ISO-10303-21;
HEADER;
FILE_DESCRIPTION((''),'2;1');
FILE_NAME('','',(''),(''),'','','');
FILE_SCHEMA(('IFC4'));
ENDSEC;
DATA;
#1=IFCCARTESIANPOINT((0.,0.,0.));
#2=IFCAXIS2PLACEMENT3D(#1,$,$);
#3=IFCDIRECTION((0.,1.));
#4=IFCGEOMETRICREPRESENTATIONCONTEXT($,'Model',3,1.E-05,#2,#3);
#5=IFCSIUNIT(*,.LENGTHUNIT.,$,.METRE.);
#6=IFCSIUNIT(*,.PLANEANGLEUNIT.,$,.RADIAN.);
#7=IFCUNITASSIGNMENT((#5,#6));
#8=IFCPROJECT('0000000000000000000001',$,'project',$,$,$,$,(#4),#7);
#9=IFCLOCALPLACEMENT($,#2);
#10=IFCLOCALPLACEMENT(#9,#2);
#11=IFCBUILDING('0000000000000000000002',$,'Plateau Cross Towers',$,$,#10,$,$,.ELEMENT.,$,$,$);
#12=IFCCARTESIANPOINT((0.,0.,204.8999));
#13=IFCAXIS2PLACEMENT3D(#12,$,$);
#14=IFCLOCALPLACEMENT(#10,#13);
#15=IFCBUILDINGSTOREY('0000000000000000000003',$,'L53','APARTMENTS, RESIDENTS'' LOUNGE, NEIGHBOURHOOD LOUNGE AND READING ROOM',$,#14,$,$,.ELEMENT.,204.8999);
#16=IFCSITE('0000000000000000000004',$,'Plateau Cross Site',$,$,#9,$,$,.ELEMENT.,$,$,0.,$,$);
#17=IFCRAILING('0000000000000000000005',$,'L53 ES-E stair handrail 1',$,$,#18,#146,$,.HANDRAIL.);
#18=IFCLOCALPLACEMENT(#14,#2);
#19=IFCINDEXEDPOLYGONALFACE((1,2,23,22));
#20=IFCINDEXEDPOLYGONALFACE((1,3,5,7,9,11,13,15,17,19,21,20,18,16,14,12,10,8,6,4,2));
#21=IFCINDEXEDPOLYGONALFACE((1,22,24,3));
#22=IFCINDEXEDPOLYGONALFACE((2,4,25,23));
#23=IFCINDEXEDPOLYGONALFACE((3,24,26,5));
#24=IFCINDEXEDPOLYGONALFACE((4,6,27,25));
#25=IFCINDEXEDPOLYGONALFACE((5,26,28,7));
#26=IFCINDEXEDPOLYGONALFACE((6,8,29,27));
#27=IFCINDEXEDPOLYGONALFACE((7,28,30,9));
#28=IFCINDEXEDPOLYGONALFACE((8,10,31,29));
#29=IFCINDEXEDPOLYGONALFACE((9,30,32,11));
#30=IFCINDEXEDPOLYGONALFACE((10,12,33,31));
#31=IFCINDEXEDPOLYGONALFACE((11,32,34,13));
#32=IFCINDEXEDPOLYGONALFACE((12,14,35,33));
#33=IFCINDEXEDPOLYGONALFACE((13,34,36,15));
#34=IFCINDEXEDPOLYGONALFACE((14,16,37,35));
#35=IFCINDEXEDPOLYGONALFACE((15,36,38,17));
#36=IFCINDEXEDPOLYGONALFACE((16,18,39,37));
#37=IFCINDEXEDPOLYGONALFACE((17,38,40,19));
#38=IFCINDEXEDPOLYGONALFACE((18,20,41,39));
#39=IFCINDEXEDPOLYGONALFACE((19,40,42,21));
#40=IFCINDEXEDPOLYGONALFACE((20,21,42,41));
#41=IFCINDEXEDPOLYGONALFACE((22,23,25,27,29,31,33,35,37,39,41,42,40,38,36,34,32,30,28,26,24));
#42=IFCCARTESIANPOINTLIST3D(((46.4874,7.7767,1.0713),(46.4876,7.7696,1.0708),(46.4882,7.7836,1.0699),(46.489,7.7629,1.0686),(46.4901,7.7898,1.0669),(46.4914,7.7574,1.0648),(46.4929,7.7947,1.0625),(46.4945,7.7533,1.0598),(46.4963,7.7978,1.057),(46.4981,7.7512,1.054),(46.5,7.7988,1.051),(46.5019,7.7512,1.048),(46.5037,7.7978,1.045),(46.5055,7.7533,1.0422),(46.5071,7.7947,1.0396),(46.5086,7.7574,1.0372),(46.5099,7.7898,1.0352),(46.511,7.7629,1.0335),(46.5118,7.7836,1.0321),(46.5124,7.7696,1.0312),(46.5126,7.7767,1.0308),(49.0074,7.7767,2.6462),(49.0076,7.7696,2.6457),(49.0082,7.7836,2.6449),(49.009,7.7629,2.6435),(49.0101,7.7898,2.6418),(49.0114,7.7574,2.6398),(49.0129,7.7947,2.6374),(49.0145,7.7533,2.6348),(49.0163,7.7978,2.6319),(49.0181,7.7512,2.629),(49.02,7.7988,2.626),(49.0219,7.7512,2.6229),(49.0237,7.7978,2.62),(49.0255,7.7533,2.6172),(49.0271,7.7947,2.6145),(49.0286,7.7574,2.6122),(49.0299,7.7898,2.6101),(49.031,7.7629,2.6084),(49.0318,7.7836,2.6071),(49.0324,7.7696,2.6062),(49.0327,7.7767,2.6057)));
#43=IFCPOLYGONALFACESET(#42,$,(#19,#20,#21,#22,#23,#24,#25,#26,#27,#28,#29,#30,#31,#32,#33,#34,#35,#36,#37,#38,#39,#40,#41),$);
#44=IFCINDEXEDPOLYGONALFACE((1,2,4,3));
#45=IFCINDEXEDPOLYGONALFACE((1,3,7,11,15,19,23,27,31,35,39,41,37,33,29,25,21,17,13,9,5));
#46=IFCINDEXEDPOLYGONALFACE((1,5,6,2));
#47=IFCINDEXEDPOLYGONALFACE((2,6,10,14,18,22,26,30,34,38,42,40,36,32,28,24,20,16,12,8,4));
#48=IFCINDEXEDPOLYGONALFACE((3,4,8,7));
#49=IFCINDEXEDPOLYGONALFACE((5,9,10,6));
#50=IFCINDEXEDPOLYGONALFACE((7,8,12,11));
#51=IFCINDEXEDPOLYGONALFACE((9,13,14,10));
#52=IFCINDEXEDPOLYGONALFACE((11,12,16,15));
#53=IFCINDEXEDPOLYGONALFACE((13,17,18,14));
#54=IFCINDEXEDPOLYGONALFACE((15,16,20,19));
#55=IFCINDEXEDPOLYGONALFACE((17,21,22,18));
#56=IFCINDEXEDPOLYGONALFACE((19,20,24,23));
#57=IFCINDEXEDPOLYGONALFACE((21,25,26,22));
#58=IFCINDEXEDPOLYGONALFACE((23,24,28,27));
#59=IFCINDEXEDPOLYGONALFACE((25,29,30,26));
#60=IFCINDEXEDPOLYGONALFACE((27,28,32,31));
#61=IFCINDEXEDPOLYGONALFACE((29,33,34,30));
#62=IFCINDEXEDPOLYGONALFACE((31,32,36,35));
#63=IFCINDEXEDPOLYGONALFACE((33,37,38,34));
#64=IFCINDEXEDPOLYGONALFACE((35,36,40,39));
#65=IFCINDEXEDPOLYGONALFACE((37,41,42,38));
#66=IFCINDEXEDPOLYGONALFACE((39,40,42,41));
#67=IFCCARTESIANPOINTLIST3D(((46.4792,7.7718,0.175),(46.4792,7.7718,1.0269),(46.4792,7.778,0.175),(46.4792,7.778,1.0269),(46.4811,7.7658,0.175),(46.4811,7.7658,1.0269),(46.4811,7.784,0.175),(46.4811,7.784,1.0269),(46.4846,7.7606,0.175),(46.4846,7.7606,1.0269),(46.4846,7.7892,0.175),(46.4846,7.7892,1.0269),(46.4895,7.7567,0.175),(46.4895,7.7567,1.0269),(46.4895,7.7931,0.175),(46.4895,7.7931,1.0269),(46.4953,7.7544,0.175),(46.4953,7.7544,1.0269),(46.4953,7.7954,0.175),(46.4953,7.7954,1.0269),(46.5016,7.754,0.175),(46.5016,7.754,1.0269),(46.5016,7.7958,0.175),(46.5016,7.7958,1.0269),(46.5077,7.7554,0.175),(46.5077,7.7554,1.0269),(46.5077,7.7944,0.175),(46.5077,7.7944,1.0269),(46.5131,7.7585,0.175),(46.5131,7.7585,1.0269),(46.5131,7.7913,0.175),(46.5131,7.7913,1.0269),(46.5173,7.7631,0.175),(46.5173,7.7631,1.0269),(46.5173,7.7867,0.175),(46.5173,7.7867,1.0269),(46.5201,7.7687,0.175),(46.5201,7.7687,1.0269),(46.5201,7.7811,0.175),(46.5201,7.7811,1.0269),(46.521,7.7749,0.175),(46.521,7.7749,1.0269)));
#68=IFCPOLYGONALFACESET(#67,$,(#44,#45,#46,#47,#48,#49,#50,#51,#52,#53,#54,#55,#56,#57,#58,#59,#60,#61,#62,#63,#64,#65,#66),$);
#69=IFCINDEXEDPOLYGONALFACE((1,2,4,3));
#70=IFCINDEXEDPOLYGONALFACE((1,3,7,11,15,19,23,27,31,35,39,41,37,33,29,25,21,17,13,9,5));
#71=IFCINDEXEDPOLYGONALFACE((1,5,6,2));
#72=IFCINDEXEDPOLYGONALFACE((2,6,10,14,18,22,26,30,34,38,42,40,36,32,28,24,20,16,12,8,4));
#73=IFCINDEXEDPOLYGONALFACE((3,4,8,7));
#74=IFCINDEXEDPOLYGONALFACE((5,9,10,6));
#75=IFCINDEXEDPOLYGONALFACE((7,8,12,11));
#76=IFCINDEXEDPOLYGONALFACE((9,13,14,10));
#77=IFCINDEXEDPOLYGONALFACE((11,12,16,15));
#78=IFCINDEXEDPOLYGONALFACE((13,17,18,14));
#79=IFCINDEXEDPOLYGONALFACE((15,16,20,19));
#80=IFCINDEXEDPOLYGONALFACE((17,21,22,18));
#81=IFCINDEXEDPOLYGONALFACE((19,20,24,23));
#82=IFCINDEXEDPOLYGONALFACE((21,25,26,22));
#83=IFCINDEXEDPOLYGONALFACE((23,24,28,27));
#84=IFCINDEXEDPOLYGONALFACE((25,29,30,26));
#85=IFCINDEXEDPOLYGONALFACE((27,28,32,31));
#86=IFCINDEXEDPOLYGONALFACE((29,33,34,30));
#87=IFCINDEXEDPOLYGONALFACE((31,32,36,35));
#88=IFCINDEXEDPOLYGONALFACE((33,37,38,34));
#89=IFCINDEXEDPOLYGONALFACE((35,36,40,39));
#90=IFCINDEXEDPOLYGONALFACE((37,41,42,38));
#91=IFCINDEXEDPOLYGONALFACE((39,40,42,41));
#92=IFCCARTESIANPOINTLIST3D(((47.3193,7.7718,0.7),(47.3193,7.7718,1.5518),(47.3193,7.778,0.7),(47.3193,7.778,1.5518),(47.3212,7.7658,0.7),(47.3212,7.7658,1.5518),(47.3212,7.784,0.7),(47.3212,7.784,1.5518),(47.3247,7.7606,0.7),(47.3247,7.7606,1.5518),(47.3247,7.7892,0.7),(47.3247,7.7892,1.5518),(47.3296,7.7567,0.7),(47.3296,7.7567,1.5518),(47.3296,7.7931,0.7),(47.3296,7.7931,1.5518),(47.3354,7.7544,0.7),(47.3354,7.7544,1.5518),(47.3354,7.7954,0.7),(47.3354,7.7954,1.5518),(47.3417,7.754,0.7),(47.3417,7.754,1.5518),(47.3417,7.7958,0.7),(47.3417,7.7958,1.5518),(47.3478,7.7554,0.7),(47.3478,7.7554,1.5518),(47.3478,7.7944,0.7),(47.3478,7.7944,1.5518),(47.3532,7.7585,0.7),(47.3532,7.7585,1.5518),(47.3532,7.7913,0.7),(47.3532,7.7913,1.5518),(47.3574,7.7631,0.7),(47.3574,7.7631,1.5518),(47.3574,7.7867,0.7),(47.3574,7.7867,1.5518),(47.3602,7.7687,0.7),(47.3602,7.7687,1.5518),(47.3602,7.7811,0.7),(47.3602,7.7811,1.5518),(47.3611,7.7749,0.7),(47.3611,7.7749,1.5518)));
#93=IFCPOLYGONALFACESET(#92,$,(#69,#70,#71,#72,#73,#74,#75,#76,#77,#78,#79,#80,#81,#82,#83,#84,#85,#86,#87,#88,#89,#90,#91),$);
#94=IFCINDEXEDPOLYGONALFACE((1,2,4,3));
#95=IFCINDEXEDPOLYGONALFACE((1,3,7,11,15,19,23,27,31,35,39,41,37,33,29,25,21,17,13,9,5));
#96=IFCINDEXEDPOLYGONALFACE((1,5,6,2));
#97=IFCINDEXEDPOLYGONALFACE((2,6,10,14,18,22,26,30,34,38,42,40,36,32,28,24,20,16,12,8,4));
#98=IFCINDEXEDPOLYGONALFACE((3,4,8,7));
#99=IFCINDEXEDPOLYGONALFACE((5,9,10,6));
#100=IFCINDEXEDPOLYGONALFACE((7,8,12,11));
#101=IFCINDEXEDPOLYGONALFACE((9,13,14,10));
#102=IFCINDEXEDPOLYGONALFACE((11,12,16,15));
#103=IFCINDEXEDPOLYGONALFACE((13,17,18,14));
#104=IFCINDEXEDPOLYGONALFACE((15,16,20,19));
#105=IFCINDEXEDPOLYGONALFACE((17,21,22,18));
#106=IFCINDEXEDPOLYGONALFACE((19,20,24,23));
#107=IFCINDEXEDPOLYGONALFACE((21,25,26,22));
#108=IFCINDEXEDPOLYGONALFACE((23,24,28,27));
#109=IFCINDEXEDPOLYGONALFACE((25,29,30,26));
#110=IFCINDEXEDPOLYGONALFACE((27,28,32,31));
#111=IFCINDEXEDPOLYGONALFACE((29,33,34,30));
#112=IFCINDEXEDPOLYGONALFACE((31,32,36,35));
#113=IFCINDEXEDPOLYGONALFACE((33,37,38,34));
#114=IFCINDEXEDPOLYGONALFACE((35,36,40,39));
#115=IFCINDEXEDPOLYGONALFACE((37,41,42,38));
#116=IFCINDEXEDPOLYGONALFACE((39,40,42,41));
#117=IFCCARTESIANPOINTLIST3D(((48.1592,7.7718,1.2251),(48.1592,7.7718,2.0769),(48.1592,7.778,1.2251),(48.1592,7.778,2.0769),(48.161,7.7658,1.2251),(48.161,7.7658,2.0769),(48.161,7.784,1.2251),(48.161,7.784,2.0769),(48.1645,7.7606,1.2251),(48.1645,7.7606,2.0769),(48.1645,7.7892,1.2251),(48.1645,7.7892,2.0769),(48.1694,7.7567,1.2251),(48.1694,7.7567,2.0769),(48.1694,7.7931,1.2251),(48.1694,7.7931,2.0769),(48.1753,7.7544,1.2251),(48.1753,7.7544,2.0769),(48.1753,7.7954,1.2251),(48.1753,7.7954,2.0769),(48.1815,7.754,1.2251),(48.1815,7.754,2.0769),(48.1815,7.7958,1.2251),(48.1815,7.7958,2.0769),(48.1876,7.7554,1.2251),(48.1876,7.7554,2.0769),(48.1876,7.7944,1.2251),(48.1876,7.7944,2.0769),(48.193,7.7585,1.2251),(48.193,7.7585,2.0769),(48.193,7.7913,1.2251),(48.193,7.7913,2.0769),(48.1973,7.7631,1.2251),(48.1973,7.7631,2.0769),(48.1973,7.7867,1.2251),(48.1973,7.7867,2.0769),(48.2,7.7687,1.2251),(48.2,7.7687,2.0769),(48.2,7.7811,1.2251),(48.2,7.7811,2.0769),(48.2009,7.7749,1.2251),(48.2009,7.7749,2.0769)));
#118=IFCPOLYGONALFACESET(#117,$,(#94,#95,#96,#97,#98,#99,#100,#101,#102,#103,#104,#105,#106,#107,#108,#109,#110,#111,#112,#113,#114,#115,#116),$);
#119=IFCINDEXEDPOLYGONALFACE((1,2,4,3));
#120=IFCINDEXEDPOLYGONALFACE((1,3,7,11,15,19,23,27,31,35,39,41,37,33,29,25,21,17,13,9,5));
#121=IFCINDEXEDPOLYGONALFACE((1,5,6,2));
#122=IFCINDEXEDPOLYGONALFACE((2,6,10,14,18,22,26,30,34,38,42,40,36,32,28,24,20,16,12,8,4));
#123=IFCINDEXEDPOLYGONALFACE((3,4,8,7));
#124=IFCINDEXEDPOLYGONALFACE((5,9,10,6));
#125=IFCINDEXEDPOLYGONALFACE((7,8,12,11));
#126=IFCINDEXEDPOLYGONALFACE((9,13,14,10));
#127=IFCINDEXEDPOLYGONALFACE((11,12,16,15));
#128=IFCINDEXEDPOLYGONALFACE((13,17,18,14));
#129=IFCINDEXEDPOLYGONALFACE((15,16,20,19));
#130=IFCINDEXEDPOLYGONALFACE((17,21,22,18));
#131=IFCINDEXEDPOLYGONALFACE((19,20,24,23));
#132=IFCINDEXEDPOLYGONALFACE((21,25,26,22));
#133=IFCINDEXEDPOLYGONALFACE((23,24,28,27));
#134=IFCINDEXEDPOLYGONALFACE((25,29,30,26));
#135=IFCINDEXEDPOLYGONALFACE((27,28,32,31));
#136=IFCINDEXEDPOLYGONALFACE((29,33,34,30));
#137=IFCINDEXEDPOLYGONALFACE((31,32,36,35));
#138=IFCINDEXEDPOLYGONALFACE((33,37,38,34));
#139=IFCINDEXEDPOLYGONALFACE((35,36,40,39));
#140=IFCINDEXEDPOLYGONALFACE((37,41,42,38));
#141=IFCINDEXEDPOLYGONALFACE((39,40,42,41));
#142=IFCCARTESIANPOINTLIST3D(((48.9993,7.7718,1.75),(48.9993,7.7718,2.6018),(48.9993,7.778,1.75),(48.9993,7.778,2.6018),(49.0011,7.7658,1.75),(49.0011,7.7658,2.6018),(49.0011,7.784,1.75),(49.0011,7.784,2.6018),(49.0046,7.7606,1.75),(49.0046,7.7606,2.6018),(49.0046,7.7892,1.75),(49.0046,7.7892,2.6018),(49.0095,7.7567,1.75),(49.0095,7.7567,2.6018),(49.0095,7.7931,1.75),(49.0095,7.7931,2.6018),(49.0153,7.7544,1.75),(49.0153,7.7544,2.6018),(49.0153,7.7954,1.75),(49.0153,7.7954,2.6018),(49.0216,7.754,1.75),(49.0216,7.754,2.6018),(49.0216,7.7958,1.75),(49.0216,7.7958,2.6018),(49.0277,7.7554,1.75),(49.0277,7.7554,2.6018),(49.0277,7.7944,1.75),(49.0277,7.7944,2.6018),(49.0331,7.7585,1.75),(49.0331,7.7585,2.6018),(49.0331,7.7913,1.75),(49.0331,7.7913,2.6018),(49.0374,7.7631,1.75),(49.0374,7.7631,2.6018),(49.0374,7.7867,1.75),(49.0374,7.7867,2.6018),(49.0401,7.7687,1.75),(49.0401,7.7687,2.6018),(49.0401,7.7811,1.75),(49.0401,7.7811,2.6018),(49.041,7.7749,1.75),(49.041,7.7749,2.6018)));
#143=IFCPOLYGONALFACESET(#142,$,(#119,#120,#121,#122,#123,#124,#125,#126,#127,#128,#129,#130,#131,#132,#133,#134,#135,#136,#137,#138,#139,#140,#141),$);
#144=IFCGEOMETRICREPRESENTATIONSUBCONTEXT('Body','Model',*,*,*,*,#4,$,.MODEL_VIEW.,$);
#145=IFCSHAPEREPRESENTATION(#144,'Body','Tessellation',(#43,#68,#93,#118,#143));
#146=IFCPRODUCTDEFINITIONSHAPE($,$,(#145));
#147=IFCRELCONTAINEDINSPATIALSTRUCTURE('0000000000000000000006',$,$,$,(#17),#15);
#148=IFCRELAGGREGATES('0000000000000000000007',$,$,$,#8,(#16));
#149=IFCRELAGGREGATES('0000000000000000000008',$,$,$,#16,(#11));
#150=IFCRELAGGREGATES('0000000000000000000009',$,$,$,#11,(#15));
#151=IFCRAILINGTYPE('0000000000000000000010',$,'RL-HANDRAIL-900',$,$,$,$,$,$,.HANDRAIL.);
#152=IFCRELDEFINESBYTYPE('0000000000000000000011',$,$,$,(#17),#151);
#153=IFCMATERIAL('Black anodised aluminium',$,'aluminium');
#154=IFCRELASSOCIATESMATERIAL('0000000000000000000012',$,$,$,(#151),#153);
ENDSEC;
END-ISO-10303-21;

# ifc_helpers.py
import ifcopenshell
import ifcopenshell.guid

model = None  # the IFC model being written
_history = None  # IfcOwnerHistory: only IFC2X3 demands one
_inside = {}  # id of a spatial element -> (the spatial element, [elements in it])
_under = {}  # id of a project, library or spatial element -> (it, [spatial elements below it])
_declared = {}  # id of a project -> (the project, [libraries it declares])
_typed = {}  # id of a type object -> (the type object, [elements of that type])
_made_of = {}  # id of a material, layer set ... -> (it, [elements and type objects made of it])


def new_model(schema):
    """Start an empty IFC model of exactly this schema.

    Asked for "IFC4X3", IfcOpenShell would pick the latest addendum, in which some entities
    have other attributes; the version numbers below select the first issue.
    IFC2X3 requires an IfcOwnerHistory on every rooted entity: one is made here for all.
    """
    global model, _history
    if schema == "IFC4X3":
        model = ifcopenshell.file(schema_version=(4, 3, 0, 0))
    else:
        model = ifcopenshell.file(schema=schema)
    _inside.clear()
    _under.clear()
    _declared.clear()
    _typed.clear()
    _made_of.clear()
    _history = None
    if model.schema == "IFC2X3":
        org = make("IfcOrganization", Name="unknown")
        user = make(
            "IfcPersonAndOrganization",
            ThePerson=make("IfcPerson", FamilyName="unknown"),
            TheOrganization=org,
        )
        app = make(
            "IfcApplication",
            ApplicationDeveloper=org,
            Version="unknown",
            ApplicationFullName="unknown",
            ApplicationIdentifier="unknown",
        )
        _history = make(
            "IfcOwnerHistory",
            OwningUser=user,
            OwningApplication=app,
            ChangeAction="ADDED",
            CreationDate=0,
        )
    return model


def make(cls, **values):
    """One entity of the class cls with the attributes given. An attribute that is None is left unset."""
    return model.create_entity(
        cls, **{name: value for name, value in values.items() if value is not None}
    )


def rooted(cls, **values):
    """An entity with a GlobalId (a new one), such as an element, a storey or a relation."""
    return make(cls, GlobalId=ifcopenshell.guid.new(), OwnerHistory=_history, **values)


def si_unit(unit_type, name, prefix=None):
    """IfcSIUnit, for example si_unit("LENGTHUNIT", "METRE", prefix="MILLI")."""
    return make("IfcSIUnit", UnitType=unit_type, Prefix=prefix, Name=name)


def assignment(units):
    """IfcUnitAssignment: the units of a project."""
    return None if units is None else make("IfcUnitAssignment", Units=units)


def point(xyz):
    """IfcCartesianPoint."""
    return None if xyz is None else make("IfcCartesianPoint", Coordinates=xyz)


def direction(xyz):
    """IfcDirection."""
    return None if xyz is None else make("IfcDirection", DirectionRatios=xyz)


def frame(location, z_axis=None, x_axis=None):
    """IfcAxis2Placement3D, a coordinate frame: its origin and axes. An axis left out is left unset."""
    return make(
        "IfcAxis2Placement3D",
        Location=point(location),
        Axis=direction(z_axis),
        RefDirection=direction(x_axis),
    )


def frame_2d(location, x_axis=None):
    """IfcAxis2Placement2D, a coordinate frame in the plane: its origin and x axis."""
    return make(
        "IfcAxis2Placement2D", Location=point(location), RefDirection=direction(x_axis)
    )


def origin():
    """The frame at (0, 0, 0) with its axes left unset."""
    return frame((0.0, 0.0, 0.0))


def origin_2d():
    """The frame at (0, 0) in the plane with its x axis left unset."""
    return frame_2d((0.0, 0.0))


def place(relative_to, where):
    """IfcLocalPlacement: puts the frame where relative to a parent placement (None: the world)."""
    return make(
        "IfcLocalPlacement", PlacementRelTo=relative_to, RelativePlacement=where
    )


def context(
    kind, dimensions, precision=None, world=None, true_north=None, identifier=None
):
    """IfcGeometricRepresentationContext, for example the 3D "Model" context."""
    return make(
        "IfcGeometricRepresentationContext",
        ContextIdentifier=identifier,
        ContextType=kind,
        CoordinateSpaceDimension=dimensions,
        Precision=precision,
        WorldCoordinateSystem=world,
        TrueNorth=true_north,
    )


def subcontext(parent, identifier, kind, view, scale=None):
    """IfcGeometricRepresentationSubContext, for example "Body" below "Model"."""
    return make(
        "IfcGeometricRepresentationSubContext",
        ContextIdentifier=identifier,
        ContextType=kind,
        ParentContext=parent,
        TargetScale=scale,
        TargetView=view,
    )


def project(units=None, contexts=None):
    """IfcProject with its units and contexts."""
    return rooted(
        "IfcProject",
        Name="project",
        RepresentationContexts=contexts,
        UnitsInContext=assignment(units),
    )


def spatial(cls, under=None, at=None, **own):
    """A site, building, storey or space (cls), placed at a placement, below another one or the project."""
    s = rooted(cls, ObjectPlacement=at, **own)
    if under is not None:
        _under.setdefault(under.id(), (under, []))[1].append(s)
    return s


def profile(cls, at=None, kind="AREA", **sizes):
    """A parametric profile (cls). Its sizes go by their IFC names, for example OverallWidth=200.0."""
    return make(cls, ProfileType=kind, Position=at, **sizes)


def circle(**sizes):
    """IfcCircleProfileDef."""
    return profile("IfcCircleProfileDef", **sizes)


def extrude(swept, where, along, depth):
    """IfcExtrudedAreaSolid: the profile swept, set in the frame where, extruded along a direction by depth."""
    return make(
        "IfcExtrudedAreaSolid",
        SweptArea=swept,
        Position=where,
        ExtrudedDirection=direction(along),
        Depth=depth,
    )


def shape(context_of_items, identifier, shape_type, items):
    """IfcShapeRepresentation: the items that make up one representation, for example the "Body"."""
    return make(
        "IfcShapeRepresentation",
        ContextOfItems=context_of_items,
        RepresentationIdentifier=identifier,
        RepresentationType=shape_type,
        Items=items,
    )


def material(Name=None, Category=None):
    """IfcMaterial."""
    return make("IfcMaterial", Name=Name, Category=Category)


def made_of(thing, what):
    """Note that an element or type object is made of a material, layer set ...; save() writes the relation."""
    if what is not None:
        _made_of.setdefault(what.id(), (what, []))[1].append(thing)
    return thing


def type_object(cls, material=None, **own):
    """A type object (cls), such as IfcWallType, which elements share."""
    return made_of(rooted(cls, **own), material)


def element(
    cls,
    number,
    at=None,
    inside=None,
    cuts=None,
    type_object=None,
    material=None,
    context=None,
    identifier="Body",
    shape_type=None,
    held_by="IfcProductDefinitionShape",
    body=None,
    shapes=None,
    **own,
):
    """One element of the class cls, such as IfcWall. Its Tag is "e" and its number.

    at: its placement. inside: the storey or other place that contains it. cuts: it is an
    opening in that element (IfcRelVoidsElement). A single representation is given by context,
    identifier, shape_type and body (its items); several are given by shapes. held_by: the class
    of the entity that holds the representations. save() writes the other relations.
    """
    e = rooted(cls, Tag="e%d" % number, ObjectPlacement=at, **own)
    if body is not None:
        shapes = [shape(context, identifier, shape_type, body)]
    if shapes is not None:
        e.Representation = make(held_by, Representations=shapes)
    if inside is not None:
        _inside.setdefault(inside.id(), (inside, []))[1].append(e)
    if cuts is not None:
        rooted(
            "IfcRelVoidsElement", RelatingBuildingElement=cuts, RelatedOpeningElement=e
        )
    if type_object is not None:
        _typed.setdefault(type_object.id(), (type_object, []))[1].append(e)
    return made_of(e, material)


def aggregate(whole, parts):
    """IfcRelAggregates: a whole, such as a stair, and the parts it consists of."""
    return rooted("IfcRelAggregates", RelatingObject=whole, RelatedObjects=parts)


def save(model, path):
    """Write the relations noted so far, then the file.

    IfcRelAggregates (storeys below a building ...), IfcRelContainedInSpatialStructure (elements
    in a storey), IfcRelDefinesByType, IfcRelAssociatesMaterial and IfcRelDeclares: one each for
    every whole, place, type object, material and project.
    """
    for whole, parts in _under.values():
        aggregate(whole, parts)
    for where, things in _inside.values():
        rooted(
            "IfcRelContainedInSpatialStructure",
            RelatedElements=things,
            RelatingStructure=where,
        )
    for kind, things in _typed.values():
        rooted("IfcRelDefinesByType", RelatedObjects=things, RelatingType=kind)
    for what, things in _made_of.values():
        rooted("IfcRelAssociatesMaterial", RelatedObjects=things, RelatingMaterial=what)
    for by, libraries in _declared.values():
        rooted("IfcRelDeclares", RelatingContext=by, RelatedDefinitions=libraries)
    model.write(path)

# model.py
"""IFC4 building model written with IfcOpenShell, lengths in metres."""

from ifc_helpers import new_model, si_unit, direction, frame, origin, origin_2d, place, context, subcontext, project, spatial, circle, extrude, material, type_object, element, save


model = new_model("IFC4")

# Units and contexts
model_context = context("Model", 3, precision=1e-05, world=origin(), true_north=direction((0.0, 1.0)))
body_context = subcontext(model_context, "Body", "Model", "MODEL_VIEW")
ifc_project = project(units=[si_unit("LENGTHUNIT", "METRE"), si_unit("PLANEANGLEUNIT", "RADIAN")], contexts=[model_context])

# Site, building, storey
site_placement = place(None, origin())
site = spatial("IfcSite", under=ifc_project, at=site_placement, Name="Plateau Cross Site", CompositionType="ELEMENT", RefElevation=0.0)
building_placement = place(site_placement, origin())
building = spatial("IfcBuilding", under=site, at=building_placement, Name="Plateau Cross Towers", CompositionType="ELEMENT")
storey_placement = place(building_placement, frame((0.0, 0.0, 204.8999)))
storey = spatial("IfcBuildingStorey", under=building, at=storey_placement, Name="L53", Description="APARTMENTS, RESIDENTS' LOUNGE, NEIGHBOURHOOD LOUNGE AND READING ROOM", CompositionType="ELEMENT", Elevation=204.8999)

# Shared definitions
ifc_material_1 = material(Name="Black anodised aluminium", Category="aluminium")

# Railing
railing_type_1 = type_object("IfcRailingType", Name="RL-HANDRAIL-900", PredefinedType="HANDRAIL", material=ifc_material_1)
railing_1_placement = place(storey_placement, frame((46.5, 7.7749, 0.175)))
element("IfcRailing", 1, at=railing_1_placement, inside=storey, type_object=railing_type_1, Name="L53 ES-E stair handrail 1", PredefinedType="HANDRAIL", context=body_context, shape_type="SweptSolid", body=[
    extrude(circle(Radius=0.0239, at=origin_2d()), frame((0.0, 0.0, 0.876), z_axis=(0.848008, 0.0, 0.529984), x_axis=(0.0, 1.0, 0.0)), (0.0, 0.0, 1.0), 2.9717),
    extrude(circle(Radius=0.021, at=origin_2d()), origin(), (0.0, 0.0, 1.0), 0.8518),
    extrude(circle(Radius=0.021, at=origin_2d()), frame((0.8401, 0.0, 0.5249)), (0.0, 0.0, 1.0), 0.8518),
    extrude(circle(Radius=0.021, at=origin_2d()), frame((1.6799, 0.0, 1.05)), (0.0, 0.0, 1.0), 0.8518),
    extrude(circle(Radius=0.021, at=origin_2d()), frame((2.52, 0.0, 1.575)), (0.0, 0.0, 1.0), 0.8518),
])

save(model, "model.ifc")
